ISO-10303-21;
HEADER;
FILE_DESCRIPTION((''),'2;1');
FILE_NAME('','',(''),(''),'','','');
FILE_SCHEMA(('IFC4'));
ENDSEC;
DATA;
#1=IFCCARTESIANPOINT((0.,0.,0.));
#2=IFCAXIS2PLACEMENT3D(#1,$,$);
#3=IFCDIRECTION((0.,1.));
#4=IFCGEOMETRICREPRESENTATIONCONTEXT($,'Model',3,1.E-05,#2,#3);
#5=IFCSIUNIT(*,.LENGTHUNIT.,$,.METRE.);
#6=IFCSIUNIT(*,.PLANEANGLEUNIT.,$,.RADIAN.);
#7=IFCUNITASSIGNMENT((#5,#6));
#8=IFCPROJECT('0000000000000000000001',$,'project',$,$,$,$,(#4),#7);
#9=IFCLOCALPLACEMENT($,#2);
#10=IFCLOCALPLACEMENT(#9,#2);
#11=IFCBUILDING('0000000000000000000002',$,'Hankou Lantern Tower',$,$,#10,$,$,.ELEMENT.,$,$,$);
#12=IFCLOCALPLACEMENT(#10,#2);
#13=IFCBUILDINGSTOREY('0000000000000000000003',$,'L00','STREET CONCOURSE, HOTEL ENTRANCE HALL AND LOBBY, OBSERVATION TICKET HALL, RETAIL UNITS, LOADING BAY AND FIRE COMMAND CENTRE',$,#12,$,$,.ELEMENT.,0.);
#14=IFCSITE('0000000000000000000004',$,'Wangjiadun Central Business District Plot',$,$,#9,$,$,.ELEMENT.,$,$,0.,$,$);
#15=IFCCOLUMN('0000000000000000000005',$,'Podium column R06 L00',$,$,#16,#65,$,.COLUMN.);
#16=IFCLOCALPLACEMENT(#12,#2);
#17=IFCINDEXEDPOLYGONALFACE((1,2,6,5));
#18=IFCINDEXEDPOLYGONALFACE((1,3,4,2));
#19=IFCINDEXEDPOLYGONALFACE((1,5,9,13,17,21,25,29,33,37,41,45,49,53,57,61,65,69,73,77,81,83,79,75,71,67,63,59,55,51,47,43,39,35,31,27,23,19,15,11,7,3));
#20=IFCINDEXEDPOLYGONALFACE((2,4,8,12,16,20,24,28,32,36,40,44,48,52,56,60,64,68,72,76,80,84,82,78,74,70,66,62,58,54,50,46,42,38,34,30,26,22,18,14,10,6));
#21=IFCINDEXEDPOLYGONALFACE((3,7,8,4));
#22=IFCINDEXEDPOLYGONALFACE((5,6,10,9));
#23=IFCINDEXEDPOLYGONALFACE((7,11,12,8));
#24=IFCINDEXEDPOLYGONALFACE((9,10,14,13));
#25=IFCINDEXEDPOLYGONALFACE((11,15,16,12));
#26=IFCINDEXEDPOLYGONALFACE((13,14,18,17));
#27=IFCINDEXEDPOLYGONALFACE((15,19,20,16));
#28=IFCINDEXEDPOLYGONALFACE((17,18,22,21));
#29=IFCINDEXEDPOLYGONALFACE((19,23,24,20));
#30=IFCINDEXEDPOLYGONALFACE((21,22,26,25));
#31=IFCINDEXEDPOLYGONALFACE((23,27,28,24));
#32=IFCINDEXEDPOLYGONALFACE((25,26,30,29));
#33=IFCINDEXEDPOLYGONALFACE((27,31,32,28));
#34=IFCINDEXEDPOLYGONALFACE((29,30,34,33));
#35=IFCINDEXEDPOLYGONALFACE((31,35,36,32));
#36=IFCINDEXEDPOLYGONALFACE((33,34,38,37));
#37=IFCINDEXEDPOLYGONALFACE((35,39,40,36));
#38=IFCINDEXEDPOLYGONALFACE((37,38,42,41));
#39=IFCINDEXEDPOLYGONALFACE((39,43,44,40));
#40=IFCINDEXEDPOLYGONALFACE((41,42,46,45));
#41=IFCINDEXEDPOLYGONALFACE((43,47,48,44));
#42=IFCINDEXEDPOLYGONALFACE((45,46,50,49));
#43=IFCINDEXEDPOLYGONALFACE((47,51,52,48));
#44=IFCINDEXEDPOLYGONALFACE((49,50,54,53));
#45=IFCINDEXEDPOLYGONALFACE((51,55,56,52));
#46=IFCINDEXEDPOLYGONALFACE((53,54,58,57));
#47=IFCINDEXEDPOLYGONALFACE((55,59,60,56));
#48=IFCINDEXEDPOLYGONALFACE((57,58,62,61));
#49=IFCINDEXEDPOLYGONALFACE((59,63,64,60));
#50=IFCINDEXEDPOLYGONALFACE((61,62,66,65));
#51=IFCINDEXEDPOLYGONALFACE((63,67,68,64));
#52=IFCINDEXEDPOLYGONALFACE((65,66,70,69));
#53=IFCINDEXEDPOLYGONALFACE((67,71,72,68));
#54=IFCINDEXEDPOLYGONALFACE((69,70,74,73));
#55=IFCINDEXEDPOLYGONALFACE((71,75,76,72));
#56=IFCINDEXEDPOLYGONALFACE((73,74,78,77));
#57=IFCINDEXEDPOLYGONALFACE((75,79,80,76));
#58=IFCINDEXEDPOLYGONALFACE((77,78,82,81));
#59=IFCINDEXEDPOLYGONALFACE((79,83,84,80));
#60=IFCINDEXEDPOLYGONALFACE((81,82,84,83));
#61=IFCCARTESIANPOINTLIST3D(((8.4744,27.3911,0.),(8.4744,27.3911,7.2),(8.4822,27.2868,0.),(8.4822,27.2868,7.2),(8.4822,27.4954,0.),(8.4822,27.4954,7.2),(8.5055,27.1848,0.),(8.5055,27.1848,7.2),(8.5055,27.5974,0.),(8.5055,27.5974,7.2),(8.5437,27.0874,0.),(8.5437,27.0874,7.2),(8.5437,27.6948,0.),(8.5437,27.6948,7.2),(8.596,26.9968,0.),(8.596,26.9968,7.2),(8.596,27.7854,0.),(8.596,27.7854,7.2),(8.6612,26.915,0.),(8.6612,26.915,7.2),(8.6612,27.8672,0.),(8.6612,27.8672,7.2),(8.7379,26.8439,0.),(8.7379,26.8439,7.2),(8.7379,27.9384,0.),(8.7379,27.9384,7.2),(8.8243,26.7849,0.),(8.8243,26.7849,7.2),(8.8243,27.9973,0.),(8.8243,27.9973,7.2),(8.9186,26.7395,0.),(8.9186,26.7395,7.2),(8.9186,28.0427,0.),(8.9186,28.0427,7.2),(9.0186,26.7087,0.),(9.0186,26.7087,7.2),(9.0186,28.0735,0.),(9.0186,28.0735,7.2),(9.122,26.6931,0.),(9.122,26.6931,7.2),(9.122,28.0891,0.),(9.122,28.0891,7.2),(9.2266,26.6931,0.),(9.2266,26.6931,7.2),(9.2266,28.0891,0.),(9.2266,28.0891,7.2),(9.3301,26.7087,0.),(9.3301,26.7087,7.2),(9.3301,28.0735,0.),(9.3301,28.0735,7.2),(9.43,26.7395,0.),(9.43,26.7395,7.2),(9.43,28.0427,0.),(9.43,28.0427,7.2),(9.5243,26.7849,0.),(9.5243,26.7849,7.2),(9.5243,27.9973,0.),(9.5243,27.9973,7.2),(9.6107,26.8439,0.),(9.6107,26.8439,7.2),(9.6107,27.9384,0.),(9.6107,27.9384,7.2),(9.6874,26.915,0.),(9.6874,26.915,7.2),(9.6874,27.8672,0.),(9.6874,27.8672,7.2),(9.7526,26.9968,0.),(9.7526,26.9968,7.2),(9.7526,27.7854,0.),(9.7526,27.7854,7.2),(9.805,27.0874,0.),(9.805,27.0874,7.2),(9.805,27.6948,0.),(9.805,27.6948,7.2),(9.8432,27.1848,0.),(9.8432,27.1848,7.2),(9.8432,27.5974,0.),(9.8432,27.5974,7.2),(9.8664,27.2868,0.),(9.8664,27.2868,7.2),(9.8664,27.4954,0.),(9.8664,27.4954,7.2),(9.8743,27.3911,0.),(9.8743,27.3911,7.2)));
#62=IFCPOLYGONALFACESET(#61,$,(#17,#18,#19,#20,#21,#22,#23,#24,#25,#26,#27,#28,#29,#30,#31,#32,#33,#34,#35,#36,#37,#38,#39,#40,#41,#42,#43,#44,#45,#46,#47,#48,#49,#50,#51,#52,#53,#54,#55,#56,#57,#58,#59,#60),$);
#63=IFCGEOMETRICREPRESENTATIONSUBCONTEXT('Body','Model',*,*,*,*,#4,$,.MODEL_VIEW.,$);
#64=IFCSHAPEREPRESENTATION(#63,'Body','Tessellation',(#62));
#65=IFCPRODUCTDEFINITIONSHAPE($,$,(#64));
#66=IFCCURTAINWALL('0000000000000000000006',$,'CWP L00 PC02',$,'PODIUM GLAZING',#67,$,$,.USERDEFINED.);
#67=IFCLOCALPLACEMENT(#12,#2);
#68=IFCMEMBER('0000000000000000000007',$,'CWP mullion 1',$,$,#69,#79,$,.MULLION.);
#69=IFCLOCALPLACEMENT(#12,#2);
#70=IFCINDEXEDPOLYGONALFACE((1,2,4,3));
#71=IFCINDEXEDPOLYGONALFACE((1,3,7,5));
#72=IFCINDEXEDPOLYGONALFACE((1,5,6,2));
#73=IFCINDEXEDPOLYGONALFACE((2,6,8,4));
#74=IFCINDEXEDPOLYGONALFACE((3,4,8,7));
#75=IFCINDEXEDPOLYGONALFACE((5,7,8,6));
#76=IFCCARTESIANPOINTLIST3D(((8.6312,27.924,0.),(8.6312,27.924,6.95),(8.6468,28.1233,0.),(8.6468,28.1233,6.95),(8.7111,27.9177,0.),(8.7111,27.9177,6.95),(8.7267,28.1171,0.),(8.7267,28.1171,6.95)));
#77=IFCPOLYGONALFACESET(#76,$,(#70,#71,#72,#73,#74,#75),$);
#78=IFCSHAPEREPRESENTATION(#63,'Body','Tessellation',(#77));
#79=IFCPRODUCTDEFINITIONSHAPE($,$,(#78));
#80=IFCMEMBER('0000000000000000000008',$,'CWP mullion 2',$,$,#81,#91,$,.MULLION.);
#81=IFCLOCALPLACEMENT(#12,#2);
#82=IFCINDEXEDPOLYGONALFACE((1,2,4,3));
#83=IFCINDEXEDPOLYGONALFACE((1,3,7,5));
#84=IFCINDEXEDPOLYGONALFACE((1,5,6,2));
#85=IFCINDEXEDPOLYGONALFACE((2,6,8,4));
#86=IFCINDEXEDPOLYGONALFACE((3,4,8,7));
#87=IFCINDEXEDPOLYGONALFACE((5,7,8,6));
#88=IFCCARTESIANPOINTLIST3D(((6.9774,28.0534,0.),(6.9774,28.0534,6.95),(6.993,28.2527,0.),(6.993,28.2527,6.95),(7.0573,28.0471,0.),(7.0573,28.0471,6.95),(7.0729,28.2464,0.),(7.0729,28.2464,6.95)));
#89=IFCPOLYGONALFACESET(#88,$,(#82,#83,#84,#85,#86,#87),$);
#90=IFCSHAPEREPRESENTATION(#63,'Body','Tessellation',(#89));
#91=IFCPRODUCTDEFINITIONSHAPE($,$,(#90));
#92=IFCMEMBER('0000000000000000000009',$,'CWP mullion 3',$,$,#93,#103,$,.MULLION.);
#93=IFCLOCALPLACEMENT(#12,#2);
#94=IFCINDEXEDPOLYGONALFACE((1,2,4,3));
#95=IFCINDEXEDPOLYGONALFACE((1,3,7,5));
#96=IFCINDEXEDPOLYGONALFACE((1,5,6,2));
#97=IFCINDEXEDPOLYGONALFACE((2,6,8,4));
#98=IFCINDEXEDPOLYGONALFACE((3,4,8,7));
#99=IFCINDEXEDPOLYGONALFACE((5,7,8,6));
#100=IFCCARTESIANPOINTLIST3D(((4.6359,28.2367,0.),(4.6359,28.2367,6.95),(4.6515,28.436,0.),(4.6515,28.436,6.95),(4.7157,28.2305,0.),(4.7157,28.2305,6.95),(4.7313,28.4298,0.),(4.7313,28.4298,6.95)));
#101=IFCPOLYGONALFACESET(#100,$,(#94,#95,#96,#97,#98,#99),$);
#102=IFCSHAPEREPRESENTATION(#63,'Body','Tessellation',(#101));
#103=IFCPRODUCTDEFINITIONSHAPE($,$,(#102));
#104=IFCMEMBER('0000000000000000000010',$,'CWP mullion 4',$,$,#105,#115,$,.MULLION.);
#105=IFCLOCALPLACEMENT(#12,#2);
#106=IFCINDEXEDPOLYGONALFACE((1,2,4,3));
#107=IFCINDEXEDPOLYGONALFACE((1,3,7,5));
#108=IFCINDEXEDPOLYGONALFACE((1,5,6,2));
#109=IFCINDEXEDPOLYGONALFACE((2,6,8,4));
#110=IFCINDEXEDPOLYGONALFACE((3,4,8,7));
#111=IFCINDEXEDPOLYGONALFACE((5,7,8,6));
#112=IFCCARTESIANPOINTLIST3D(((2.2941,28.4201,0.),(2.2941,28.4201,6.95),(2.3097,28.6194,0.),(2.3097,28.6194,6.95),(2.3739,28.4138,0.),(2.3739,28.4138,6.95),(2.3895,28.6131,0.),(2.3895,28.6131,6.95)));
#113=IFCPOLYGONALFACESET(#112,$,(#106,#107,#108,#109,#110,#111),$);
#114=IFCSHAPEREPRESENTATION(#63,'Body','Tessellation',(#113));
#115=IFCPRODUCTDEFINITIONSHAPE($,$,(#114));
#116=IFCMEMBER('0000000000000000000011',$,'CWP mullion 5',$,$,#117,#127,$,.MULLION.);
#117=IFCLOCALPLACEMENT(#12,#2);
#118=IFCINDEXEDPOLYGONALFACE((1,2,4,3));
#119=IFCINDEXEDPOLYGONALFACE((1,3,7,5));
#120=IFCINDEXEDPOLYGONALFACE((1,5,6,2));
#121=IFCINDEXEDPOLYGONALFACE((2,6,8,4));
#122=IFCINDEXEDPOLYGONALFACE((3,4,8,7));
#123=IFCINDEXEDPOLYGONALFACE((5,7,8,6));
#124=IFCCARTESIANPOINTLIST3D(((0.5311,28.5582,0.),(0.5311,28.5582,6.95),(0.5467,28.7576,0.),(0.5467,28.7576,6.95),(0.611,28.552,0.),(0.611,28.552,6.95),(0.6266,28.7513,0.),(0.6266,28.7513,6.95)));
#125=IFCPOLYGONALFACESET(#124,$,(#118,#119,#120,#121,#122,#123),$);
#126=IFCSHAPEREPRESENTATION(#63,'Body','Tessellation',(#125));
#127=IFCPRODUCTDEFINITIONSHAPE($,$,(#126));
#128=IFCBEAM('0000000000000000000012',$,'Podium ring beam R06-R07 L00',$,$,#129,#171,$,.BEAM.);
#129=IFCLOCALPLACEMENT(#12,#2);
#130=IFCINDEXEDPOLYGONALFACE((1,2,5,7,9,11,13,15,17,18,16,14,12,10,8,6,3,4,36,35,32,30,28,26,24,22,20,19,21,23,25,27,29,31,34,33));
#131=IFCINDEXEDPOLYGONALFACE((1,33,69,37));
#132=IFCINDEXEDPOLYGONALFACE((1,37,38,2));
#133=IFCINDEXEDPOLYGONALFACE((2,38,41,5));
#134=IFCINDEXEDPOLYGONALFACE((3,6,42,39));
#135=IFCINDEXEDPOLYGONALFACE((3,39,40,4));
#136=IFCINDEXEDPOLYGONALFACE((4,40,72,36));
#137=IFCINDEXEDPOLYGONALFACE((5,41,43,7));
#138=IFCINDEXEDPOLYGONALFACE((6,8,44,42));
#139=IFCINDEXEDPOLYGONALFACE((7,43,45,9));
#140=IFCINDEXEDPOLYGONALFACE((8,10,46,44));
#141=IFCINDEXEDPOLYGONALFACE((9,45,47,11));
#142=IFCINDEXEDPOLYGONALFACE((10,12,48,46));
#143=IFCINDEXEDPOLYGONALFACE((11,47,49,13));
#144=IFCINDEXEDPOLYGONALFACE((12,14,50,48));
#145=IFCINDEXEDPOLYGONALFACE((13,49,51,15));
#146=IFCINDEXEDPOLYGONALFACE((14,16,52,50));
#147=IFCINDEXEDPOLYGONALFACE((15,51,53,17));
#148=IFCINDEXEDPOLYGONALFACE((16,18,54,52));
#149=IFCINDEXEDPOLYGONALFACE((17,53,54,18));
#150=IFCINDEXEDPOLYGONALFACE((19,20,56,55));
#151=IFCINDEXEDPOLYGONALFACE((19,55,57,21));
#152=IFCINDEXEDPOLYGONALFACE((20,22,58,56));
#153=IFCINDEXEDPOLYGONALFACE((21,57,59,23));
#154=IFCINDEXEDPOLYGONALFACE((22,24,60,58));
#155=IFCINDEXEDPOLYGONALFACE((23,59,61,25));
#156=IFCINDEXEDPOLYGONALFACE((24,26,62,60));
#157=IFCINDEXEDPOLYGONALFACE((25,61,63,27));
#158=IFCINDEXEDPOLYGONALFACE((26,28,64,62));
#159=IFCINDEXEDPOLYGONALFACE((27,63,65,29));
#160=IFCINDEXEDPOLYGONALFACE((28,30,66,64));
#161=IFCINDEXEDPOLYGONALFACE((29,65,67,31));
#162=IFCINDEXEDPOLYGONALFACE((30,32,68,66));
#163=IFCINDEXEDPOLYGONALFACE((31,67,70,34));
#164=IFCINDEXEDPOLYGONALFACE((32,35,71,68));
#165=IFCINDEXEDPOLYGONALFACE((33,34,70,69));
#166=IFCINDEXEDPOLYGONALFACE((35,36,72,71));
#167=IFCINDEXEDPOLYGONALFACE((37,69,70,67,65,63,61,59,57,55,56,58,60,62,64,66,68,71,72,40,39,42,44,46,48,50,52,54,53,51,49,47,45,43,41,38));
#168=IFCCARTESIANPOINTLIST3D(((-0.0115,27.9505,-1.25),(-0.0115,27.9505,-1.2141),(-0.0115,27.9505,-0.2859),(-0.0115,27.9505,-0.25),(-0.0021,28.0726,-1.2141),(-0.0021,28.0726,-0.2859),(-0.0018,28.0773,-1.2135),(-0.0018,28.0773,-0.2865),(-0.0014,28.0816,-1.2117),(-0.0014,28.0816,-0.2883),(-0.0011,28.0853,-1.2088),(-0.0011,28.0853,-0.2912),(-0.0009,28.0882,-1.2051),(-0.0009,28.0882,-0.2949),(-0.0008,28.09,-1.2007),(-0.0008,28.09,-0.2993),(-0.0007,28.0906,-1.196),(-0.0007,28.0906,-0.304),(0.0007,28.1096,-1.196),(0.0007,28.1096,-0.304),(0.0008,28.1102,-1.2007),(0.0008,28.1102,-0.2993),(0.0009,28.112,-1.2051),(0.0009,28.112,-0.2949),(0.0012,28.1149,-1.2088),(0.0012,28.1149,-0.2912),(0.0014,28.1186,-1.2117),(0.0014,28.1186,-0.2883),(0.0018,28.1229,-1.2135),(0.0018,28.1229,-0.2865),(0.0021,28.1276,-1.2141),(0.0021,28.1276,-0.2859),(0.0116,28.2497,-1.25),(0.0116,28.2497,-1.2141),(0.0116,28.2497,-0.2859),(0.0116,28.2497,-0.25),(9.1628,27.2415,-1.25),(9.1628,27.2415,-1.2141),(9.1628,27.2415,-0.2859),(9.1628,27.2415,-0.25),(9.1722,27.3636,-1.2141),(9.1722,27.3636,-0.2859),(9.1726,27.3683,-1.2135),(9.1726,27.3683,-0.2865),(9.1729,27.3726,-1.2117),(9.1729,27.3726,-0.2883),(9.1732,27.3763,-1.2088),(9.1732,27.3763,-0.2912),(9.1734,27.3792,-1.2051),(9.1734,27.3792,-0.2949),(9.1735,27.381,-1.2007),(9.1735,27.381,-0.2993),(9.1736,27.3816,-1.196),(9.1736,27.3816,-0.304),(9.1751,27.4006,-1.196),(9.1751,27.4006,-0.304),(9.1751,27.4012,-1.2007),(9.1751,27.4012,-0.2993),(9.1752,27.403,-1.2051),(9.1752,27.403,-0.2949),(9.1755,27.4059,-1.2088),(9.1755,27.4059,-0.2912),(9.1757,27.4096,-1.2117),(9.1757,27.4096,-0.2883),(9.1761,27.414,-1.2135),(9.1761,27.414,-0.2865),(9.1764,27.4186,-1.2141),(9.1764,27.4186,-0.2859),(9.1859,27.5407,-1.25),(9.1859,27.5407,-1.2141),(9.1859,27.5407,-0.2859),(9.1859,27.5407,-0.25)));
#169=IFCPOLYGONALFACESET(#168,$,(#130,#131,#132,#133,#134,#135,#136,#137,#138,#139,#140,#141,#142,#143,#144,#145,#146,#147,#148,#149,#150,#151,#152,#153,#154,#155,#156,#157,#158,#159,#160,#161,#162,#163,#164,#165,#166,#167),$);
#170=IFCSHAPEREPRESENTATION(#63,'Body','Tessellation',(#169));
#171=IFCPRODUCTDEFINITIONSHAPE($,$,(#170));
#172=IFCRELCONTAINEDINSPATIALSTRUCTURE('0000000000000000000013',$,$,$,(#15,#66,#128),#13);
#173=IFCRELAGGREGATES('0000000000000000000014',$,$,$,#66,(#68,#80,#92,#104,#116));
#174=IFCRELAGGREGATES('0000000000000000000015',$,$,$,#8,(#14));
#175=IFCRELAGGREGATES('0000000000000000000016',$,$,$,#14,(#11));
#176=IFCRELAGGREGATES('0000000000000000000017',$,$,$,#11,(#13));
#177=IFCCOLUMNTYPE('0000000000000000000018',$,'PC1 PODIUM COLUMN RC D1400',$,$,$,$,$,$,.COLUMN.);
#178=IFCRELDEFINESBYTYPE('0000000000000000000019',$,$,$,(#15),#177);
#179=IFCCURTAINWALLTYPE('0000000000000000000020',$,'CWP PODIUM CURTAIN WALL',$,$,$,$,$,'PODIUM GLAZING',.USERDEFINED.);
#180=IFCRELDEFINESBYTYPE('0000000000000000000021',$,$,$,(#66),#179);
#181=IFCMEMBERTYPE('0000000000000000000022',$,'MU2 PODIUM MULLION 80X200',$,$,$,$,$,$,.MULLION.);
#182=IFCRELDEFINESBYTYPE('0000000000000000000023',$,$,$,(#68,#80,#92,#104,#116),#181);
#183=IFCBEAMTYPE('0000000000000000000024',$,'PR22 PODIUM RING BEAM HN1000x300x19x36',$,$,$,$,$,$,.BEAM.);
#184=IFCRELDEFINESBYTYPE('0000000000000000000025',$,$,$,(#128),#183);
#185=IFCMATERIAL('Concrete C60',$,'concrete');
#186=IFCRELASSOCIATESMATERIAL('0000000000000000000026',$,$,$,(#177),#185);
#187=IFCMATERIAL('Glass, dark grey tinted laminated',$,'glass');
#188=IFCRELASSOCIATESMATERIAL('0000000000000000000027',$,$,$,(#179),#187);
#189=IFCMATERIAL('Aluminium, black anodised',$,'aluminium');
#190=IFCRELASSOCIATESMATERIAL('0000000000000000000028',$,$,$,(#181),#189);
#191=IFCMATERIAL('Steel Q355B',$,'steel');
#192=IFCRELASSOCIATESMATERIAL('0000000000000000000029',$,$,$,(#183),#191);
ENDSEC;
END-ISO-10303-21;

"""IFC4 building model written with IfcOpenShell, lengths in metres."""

from ifc_helpers import new_model, si_unit, direction, frame, origin, origin_2d, place, context, subcontext, project, spatial, rectangle, circle, i_section, extrude, material, material_profile, profile_set, type_object, element, aggregate, save


model = new_model("IFC4")

# Units and contexts
model_context = context("Model", 3, precision=1e-05, world=origin(), true_north=direction((0.0, 1.0)))
body_context = subcontext(model_context, "Body", "Model", "MODEL_VIEW")
ifc_project = project(units=[si_unit("LENGTHUNIT", "METRE"), si_unit("PLANEANGLEUNIT", "RADIAN")], contexts=[model_context])

# Site, building, storey
site_placement = place(None, origin())
site = spatial("IfcSite", under=ifc_project, at=site_placement, Name="Wangjiadun Central Business District Plot", CompositionType="ELEMENT", RefElevation=0.0)
building_placement = place(site_placement, origin())
building = spatial("IfcBuilding", under=site, at=building_placement, Name="Hankou Lantern Tower", CompositionType="ELEMENT")
storey_placement = place(building_placement, origin())
storey = spatial("IfcBuildingStorey", under=building, at=storey_placement, Name="L00", Description="STREET CONCOURSE, HOTEL ENTRANCE HALL AND LOBBY, OBSERVATION TICKET HALL, RETAIL UNITS, LOADING BAY AND FIRE COMMAND CENTRE", CompositionType="ELEMENT", Elevation=0.0)

# Column
ifc_material_1 = material(Name="Concrete C60", Category="concrete")
ifc_material_profile_1 = material_profile(ifc_material_1, circle(Radius=0.7, at=origin_2d()), Name="RC D1400")
ifc_profile_set_1 = profile_set([ifc_material_profile_1], Name="Concrete C60")
column_type = type_object("IfcColumnType", Name="PC1 PODIUM COLUMN RC D1400", PredefinedType="COLUMN", material=ifc_profile_set_1)
column_placement = place(storey_placement, frame((9.1743, 27.3911, 0.0), z_axis=(0.0, 0.0, 1.0), x_axis=(1.0, 0.0, 0.0)))
element("IfcColumn", 1, at=column_placement, inside=storey, type_object=column_type, Name="Podium column R06 L00", PredefinedType="COLUMN", context=body_context, shape_type="SweptSolid", body=[
    extrude(circle(Radius=0.7, at=origin_2d()), origin(), (0.0, 0.0, 1.0), 7.2),
])

# Curtain wall, members
ifc_material_2 = material(Name="Glass, dark grey tinted laminated", Category="glass")
curtain_wall_type = type_object("IfcCurtainWallType", Name="CWP PODIUM CURTAIN WALL", ElementType="PODIUM GLAZING", PredefinedType="USERDEFINED", material=ifc_material_2)
curtain_wall_placement = place(storey_placement, origin())
curtain_wall = element("IfcCurtainWall", 2, at=curtain_wall_placement, inside=storey, type_object=curtain_wall_type, Name="CWP L00 PC02", ObjectType="PODIUM GLAZING", PredefinedType="USERDEFINED")
ifc_material_3 = material(Name="Aluminium, black anodised", Category="aluminium")
ifc_material_profile_2 = material_profile(ifc_material_3, rectangle(XDim=0.0801, YDim=0.2, at=origin_2d()), Name="MU2 80X200")
ifc_profile_set_2 = profile_set([ifc_material_profile_2], Name="Aluminium, black anodised")
member_type_1 = type_object("IfcMemberType", Name="MU2 PODIUM MULLION 80X200", PredefinedType="MULLION", material=ifc_profile_set_2)
member_1_placement = place(storey_placement, frame((8.679, 28.0205, 0.0), z_axis=(0.0, 0.0, 1.0), x_axis=(-0.996949, 0.078062, 0.0)))
member_1 = element("IfcMember", 3, at=member_1_placement, type_object=member_type_1, Name="CWP mullion 1", PredefinedType="MULLION", context=body_context, shape_type="SweptSolid", body=[
    extrude(rectangle(XDim=0.0801, YDim=0.2, at=origin_2d()), origin(), (0.0, 0.0, 1.0), 6.95),
])
member_2_placement = place(storey_placement, frame((7.0251, 28.1499, 0.0), z_axis=(0.0, 0.0, 1.0), x_axis=(-0.996949, 0.078062, 0.0)))
member_2 = element("IfcMember", 4, at=member_2_placement, type_object=member_type_1, Name="CWP mullion 2", PredefinedType="MULLION", context=body_context, shape_type="SweptSolid", body=[
    extrude(rectangle(XDim=0.0801, YDim=0.2, at=origin_2d()), origin(), (0.0, 0.0, 1.0), 6.95),
])
member_3_placement = place(storey_placement, frame((4.6836, 28.3333, 0.0), z_axis=(0.0, 0.0, 1.0), x_axis=(-0.996949, 0.078062, 0.0)))
member_3 = element("IfcMember", 5, at=member_3_placement, type_object=member_type_1, Name="CWP mullion 3", PredefinedType="MULLION", context=body_context, shape_type="SweptSolid", body=[
    extrude(rectangle(XDim=0.0801, YDim=0.2, at=origin_2d()), origin(), (0.0, 0.0, 1.0), 6.95),
])
member_4_placement = place(storey_placement, frame((2.3418, 28.5166, 0.0), z_axis=(0.0, 0.0, 1.0), x_axis=(-0.996949, 0.078062, 0.0)))
member_4 = element("IfcMember", 6, at=member_4_placement, type_object=member_type_1, Name="CWP mullion 4", PredefinedType="MULLION", context=body_context, shape_type="SweptSolid", body=[
    extrude(rectangle(XDim=0.0801, YDim=0.2, at=origin_2d()), origin(), (0.0, 0.0, 1.0), 6.95),
])
member_5_placement = place(storey_placement, frame((0.5789, 28.6548, 0.0), z_axis=(0.0, 0.0, 1.0), x_axis=(-0.996949, 0.078062, 0.0)))
member_5 = element("IfcMember", 7, at=member_5_placement, type_object=member_type_1, Name="CWP mullion 5", PredefinedType="MULLION", context=body_context, shape_type="SweptSolid", body=[
    extrude(rectangle(XDim=0.0801, YDim=0.2, at=origin_2d()), origin(), (0.0, 0.0, 1.0), 6.95),
])

# Beam
ifc_material_4 = material(Name="Steel Q355B", Category="steel")
ifc_material_profile_3 = material_profile(ifc_material_4, i_section(OverallWidth=0.3, OverallDepth=1.0, WebThickness=0.019, FlangeThickness=0.0359, FilletRadius=0.0181, at=origin_2d()), Name="HN1000x300x19x36")
ifc_profile_set_3 = profile_set([ifc_material_profile_3], Name="Steel Q355B")
beam_type_1 = type_object("IfcBeamType", Name="PR22 PODIUM RING BEAM HN1000x300x19x36", PredefinedType="BEAM", material=ifc_profile_set_3)
for number, where, z_axis, x_axis, name in (
    (8, (9.1743, 27.3911, -0.75), (-0.997027, 0.07705, 0.0), (-0.07705, -0.997027, 0.0), "Podium ring beam R06-R07 L00"),
):
    element("IfcBeam", number, at=place(storey_placement, frame(where, z_axis=z_axis, x_axis=x_axis)), inside=storey, type_object=beam_type_1, Name=name, PredefinedType="BEAM", context=body_context, shape_type="SweptSolid", body=[
        extrude(i_section(OverallWidth=0.3, OverallDepth=1.0, WebThickness=0.019, FlangeThickness=0.0359, FilletRadius=0.0181, at=origin_2d()), origin(), (0.0, 0.0, 1.0), 9.2017),
    ])

aggregate(curtain_wall, [member_1, member_2, member_3, member_4, member_5])

save(model, "model.ifc")
